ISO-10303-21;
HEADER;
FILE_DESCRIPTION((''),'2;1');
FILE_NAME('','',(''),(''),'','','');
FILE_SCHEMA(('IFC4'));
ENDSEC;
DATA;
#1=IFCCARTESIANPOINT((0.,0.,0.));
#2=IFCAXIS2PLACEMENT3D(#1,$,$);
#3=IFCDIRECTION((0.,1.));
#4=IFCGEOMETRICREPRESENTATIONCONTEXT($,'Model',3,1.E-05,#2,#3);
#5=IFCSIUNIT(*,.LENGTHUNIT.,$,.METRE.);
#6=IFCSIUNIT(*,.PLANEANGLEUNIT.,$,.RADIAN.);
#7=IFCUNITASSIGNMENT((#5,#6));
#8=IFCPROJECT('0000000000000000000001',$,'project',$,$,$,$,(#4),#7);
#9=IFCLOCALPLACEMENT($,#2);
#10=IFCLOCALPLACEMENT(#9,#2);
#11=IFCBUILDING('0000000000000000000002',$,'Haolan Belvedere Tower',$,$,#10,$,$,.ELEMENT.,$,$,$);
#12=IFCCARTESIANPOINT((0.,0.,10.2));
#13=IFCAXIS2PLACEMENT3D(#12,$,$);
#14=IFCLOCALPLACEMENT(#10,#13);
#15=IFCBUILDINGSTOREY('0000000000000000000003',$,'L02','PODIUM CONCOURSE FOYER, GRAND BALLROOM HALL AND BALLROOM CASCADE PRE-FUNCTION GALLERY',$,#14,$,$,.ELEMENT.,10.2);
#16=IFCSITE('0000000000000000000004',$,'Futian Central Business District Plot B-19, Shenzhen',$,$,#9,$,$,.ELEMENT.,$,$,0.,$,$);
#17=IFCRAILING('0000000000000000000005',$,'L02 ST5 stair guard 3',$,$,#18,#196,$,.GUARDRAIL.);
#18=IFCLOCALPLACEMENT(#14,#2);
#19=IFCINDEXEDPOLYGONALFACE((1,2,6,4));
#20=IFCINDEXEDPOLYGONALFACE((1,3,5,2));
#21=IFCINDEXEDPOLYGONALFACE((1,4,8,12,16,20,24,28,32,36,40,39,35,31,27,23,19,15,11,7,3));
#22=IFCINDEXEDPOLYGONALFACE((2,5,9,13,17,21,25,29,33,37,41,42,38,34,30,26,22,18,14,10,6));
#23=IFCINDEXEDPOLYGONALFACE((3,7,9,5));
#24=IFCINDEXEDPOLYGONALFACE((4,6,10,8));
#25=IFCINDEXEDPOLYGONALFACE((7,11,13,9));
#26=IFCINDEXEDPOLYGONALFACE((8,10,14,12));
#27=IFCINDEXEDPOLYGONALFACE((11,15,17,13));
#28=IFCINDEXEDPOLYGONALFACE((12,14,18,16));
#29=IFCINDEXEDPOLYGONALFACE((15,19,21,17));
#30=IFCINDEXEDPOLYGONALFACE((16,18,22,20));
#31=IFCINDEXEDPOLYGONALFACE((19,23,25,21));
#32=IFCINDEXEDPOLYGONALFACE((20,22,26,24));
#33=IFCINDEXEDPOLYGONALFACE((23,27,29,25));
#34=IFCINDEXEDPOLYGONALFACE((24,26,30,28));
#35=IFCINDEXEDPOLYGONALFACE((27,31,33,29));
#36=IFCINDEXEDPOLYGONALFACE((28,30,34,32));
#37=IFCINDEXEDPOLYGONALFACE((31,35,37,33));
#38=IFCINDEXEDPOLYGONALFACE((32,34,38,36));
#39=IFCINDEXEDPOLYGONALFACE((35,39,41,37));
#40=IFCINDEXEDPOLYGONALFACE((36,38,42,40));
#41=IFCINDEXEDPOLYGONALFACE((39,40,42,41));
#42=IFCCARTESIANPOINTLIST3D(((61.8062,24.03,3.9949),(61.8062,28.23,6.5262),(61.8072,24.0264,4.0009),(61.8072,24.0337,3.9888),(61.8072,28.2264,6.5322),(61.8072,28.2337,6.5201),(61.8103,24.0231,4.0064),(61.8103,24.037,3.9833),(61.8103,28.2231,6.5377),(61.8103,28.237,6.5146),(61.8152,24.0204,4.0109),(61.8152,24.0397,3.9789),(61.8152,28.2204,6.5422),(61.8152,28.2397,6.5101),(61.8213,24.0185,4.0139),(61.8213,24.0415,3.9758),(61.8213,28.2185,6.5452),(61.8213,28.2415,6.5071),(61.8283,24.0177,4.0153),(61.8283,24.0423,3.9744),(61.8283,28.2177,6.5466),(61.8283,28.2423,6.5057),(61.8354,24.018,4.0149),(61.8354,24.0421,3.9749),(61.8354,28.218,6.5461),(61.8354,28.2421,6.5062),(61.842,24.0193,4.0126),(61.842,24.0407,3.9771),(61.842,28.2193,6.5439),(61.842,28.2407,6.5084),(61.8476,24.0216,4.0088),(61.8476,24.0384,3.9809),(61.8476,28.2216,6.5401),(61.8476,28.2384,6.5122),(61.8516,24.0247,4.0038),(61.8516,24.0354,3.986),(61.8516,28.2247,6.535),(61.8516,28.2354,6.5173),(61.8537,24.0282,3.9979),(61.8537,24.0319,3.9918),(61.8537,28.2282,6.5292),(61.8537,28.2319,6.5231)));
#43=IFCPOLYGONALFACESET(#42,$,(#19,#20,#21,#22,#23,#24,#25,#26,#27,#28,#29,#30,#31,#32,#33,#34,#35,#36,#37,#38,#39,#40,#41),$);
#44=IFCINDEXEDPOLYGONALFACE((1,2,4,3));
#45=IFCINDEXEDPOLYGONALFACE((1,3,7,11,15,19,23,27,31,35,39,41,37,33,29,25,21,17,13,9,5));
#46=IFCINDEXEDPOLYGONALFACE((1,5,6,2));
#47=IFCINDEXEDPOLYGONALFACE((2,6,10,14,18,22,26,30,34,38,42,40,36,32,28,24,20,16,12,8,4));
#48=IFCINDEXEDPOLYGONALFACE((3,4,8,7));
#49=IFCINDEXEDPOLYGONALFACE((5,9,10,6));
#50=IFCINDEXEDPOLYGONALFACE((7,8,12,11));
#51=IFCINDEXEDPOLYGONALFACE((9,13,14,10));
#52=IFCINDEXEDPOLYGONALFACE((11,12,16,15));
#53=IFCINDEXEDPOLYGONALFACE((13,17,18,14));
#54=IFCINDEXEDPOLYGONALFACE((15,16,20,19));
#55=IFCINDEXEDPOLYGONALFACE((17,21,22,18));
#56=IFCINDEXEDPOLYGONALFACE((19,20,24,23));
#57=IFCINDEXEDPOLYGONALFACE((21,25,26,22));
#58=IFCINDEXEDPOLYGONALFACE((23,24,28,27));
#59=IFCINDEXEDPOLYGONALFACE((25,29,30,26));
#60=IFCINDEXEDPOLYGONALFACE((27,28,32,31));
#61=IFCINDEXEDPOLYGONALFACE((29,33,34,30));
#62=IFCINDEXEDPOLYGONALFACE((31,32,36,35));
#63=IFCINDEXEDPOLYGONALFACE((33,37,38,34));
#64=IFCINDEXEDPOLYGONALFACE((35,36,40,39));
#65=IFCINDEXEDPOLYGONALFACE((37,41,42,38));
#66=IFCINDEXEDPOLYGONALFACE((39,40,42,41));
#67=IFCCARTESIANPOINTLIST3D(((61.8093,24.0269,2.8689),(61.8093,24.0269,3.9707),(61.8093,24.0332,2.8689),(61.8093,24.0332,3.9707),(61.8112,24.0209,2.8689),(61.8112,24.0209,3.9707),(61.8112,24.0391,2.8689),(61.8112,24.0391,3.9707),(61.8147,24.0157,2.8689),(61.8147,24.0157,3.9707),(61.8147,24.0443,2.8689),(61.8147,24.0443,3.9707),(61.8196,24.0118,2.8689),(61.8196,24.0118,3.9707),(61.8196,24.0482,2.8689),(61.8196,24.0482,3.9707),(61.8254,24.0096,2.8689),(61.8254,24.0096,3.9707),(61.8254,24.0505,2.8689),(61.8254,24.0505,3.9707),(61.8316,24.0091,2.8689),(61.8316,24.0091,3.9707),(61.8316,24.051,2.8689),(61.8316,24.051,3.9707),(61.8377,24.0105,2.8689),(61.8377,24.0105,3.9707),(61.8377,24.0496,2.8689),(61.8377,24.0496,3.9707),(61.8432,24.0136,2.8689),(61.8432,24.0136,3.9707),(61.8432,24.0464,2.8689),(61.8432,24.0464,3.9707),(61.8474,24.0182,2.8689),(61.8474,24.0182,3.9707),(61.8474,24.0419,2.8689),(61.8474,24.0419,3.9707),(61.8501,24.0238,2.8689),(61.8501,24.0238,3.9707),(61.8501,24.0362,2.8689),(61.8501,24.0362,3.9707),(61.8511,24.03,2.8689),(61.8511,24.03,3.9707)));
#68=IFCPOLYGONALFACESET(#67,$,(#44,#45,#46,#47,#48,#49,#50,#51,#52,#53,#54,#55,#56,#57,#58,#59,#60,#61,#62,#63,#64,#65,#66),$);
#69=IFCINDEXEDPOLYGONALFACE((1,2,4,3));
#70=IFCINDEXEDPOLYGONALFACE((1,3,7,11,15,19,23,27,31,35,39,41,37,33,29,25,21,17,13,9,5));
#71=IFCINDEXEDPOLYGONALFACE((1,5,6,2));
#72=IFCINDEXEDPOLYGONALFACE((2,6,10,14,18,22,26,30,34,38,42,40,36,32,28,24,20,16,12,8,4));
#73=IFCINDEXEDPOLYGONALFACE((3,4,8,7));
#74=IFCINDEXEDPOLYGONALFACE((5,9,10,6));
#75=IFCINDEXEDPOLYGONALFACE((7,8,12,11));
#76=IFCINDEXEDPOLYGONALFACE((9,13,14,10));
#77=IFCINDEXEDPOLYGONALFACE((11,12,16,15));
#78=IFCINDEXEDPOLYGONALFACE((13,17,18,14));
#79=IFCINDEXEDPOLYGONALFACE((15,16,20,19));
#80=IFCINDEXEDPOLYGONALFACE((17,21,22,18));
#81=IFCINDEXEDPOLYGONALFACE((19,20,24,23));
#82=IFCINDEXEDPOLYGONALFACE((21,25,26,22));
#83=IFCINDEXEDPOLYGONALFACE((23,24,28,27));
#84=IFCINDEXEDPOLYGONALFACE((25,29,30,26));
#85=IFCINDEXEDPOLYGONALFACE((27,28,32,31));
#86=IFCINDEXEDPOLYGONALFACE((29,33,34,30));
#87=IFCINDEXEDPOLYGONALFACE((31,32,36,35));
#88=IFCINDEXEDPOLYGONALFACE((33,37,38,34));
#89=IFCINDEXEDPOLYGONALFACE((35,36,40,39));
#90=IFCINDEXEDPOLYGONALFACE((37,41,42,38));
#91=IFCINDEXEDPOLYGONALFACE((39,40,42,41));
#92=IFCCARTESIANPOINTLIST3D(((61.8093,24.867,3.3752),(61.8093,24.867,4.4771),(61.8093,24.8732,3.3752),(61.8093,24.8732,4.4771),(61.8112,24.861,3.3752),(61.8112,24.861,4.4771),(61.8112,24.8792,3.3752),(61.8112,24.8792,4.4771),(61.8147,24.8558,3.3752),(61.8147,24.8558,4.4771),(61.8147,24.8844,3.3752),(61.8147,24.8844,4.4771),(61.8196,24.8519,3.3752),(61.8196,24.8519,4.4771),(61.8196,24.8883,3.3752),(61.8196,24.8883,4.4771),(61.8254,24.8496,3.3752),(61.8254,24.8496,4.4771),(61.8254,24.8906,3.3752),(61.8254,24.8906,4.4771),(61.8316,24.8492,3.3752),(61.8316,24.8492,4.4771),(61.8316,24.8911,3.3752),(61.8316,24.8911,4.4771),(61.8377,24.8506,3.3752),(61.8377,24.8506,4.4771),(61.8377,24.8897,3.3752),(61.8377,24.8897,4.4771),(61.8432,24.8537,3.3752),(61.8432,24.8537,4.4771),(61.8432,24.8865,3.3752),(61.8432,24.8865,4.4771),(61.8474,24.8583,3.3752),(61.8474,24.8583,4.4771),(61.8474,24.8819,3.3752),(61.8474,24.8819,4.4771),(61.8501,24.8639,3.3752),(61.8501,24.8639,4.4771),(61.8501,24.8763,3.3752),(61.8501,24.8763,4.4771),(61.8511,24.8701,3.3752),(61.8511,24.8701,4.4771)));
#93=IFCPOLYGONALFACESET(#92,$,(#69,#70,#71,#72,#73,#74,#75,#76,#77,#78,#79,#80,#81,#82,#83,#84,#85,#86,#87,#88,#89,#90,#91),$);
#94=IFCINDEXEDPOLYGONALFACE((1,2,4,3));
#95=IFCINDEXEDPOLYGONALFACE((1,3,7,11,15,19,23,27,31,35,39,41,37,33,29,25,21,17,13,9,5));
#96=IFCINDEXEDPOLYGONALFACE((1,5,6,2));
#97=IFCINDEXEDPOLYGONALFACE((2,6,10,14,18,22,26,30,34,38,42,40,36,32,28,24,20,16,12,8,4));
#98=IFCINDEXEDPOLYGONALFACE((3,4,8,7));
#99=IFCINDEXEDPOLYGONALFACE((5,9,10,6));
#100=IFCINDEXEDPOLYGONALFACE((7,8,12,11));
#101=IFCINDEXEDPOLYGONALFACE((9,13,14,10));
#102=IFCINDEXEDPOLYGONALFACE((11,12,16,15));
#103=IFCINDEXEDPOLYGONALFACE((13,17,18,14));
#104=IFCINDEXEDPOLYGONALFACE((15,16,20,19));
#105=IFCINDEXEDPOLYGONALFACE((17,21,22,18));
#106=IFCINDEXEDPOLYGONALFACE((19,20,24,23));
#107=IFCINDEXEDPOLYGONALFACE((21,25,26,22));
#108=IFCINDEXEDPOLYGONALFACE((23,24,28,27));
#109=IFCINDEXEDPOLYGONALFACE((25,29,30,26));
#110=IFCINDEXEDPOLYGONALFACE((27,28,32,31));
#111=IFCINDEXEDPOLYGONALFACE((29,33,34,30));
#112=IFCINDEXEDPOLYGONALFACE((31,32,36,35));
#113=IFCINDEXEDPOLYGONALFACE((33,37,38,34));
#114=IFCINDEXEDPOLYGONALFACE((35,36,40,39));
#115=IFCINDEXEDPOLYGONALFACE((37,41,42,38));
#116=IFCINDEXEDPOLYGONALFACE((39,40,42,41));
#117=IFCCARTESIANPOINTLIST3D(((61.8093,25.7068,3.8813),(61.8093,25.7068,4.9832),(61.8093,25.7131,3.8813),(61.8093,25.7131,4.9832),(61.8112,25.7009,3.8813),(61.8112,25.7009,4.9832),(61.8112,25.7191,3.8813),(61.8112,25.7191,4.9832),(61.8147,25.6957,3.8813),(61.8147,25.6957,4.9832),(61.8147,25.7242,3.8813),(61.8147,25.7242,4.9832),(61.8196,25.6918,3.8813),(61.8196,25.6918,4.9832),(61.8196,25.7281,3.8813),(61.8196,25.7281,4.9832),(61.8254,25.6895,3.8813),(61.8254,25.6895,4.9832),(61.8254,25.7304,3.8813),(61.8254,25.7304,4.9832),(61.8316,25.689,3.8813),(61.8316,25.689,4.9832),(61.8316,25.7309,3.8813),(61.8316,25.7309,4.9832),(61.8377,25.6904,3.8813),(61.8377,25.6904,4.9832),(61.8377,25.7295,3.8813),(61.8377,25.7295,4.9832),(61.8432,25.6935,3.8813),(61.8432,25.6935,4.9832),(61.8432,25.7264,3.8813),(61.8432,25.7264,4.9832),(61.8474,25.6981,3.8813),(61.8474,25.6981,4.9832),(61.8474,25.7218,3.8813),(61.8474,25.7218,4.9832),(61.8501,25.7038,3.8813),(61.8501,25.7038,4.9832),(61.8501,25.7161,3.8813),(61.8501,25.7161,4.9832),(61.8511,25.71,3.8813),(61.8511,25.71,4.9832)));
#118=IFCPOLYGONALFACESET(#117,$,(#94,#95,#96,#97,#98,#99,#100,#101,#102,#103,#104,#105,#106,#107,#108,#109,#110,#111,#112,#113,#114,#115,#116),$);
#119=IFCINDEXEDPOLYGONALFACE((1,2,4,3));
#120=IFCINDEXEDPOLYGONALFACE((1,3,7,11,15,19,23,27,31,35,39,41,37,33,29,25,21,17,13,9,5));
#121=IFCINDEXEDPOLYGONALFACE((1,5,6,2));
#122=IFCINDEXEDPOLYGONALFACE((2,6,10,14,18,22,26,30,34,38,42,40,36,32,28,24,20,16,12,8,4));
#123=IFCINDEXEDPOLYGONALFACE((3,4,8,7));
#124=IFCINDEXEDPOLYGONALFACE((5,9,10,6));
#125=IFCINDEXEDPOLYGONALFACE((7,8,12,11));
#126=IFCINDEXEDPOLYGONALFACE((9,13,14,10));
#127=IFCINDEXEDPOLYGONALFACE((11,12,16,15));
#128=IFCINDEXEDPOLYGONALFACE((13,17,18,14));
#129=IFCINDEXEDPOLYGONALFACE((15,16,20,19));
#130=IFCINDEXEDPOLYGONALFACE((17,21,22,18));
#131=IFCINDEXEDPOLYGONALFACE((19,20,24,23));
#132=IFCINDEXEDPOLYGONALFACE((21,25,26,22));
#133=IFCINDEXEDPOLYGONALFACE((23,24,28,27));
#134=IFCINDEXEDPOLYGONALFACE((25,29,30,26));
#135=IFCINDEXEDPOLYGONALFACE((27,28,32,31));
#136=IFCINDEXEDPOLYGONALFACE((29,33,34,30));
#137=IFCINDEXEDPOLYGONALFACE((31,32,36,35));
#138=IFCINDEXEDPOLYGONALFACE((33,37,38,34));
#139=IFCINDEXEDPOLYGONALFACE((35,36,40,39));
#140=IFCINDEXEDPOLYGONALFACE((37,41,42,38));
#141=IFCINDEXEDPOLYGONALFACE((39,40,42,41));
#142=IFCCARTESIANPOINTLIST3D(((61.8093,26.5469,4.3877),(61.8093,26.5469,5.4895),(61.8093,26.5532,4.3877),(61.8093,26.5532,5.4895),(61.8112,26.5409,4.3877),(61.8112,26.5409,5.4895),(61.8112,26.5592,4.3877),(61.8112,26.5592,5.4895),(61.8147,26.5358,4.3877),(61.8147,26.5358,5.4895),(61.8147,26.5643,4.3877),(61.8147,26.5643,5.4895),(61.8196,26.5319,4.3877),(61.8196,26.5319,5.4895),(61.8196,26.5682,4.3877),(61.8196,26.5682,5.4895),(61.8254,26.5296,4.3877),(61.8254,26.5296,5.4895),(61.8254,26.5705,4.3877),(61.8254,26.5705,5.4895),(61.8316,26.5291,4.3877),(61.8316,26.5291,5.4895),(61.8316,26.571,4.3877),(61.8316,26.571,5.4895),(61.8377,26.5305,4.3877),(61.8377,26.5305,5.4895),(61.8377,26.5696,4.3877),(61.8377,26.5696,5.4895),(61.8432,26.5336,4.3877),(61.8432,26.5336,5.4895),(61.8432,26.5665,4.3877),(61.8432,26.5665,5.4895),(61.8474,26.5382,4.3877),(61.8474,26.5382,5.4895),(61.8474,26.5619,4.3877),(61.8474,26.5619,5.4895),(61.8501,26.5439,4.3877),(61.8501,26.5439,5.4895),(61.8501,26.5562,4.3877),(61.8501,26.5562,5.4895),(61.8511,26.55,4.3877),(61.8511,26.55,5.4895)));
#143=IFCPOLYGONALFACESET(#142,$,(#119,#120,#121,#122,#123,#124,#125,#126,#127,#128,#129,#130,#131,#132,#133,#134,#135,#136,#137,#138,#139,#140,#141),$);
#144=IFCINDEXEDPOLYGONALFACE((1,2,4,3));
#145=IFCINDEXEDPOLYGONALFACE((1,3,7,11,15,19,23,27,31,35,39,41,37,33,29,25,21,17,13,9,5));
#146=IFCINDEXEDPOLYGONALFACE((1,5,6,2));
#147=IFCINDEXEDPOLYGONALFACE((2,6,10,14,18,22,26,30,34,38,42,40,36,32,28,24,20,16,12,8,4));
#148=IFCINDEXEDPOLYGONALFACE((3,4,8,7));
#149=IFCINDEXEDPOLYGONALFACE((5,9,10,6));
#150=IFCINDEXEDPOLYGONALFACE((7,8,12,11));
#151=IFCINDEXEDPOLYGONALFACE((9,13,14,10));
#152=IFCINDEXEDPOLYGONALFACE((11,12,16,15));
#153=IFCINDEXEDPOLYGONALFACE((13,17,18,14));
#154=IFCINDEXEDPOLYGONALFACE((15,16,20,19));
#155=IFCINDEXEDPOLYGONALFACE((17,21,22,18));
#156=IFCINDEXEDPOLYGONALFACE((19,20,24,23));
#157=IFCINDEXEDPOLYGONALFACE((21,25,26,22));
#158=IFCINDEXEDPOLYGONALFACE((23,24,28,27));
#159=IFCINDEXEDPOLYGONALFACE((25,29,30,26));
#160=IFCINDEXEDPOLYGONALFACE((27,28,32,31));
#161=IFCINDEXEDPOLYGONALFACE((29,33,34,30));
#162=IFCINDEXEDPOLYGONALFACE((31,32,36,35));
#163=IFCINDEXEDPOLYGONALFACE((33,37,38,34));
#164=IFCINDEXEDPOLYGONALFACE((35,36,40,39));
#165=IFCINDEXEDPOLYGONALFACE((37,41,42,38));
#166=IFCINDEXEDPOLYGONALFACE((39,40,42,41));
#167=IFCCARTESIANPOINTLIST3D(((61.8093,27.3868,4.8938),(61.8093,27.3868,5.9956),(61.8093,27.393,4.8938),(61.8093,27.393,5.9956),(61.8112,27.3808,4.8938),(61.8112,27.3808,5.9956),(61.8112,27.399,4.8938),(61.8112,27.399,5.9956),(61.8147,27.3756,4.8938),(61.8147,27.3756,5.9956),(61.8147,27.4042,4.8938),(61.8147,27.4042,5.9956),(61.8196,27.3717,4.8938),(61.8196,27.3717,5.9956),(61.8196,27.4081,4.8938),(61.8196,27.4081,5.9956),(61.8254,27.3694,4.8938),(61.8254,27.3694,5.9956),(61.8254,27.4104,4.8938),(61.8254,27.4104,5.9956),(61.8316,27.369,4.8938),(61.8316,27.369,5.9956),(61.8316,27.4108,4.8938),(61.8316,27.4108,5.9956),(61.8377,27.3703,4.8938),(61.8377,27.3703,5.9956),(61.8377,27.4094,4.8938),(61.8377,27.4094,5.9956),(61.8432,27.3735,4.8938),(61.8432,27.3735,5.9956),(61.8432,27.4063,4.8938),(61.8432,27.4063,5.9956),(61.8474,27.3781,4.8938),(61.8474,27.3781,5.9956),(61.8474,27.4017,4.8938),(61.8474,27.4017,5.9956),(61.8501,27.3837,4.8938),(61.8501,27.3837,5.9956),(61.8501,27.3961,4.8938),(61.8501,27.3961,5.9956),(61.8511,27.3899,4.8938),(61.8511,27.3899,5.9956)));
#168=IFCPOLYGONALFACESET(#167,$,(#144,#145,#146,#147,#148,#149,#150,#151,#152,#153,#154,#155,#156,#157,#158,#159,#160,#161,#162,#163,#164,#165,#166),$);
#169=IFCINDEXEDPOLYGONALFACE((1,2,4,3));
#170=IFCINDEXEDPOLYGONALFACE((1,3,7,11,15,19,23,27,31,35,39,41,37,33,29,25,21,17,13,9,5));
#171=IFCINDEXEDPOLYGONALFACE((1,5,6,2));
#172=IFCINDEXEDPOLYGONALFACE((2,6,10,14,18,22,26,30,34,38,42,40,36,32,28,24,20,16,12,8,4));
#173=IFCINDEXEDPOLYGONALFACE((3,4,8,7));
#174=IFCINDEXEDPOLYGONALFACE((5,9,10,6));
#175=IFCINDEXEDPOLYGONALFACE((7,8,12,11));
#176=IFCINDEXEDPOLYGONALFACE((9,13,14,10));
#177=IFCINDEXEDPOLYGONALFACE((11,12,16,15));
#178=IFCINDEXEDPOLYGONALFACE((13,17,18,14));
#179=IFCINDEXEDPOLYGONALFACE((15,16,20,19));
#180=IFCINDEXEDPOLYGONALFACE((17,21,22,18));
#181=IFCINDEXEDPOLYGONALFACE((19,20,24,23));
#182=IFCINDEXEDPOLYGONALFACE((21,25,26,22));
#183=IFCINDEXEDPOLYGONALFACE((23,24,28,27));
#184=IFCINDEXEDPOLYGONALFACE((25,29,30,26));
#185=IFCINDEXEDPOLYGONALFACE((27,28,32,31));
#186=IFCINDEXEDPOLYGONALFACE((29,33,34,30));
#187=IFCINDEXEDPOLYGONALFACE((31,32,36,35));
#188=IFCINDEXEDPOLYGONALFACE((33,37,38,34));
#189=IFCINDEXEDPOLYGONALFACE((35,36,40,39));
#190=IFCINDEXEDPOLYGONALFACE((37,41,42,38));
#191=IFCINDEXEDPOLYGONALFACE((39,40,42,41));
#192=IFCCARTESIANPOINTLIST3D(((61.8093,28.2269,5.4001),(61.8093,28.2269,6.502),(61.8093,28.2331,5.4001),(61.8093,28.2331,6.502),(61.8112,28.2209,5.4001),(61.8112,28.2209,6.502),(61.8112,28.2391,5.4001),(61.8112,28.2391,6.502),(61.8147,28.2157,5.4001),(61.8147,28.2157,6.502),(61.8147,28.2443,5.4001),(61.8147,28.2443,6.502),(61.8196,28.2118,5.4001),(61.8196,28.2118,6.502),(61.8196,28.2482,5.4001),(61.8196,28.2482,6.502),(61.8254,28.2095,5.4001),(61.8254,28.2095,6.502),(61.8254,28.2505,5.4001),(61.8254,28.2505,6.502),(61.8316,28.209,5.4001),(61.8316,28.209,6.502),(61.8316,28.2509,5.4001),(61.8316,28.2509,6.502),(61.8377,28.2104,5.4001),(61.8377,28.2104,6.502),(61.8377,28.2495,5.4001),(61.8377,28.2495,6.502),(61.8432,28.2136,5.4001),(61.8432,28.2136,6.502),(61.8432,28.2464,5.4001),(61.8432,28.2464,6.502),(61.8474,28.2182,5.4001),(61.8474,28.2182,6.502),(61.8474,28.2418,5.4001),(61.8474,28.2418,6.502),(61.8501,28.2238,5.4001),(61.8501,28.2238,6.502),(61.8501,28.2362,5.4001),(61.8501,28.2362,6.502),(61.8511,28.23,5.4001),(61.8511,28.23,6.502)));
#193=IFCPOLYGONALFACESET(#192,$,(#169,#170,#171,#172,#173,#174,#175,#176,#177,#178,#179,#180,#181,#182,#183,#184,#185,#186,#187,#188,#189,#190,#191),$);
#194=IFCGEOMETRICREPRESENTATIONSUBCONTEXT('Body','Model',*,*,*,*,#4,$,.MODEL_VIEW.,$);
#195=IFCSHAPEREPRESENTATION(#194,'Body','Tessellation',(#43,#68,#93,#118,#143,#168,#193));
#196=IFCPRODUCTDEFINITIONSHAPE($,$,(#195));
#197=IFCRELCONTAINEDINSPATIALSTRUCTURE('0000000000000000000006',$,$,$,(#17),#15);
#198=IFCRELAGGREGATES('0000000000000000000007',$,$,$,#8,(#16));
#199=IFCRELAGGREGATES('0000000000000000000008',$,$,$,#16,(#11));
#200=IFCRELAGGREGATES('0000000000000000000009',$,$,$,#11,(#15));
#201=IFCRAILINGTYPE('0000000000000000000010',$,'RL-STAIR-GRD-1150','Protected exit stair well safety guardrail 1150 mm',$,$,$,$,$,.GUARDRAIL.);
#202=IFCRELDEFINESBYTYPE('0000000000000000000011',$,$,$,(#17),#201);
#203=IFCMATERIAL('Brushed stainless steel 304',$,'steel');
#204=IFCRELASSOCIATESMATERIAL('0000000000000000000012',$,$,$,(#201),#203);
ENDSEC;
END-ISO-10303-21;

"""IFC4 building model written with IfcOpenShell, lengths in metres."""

from ifc_helpers import new_model, si_unit, direction, frame, origin, origin_2d, place, context, subcontext, project, spatial, circle, extrude, material, type_object, element, save


model = new_model("IFC4")

# Units and contexts
model_context = context("Model", 3, precision=1e-05, world=origin(), true_north=direction((0.0, 1.0)))
body_context = subcontext(model_context, "Body", "Model", "MODEL_VIEW")
ifc_project = project(units=[si_unit("LENGTHUNIT", "METRE"), si_unit("PLANEANGLEUNIT", "RADIAN")], contexts=[model_context])

# Site, building, storey
site_placement = place(None, origin())
site = spatial("IfcSite", under=ifc_project, at=site_placement, Name="Futian Central Business District Plot B-19, Shenzhen", CompositionType="ELEMENT", RefElevation=0.0)
building_placement = place(site_placement, origin())
building = spatial("IfcBuilding", under=site, at=building_placement, Name="Haolan Belvedere Tower", CompositionType="ELEMENT")
storey_placement = place(building_placement, frame((0.0, 0.0, 10.2)))
storey = spatial("IfcBuildingStorey", under=building, at=storey_placement, Name="L02", Description="PODIUM CONCOURSE FOYER, GRAND BALLROOM HALL AND BALLROOM CASCADE PRE-FUNCTION GALLERY", CompositionType="ELEMENT", Elevation=10.2)

# Railing
ifc_material_1 = material(Name="Brushed stainless steel 304", Category="steel")
railing_type_1 = type_object("IfcRailingType", Name="RL-STAIR-GRD-1150", Description="Protected exit stair well safety guardrail 1150 mm", PredefinedType="GUARDRAIL", material=ifc_material_1)
railing_1_placement = place(storey_placement, frame((61.8301, 24.03, 2.8689)))
element("IfcRailing", 1, at=railing_1_placement, inside=storey, type_object=railing_type_1, Name="L02 ST5 stair guard 3", PredefinedType="GUARDRAIL", context=body_context, shape_type="SweptSolid", body=[
    extrude(circle(Radius=0.0239, at=origin_2d()), frame((0.0, 0.0, 1.126), z_axis=(0.0, 0.856476, 0.516186), x_axis=(-1.0, 0.0, 0.0)), (0.0, 0.0, 1.0), 4.9038),
    extrude(circle(Radius=0.021, at=origin_2d()), origin(), (0.0, 0.0, 1.0), 1.1018),
    extrude(circle(Radius=0.021, at=origin_2d()), frame((0.0, 0.8401, 0.5063)), (0.0, 0.0, 1.0), 1.1018),
    extrude(circle(Radius=0.021, at=origin_2d()), frame((0.0, 1.6799, 1.0125)), (0.0, 0.0, 1.0), 1.1018),
    extrude(circle(Radius=0.021, at=origin_2d()), frame((0.0, 2.52, 1.5188)), (0.0, 0.0, 1.0), 1.1018),
    extrude(circle(Radius=0.021, at=origin_2d()), frame((0.0, 3.3599, 2.0249)), (0.0, 0.0, 1.0), 1.1018),
    extrude(circle(Radius=0.021, at=origin_2d()), frame((0.0, 4.2, 2.5312)), (0.0, 0.0, 1.0), 1.1018),
])

save(model, "model.ifc")
